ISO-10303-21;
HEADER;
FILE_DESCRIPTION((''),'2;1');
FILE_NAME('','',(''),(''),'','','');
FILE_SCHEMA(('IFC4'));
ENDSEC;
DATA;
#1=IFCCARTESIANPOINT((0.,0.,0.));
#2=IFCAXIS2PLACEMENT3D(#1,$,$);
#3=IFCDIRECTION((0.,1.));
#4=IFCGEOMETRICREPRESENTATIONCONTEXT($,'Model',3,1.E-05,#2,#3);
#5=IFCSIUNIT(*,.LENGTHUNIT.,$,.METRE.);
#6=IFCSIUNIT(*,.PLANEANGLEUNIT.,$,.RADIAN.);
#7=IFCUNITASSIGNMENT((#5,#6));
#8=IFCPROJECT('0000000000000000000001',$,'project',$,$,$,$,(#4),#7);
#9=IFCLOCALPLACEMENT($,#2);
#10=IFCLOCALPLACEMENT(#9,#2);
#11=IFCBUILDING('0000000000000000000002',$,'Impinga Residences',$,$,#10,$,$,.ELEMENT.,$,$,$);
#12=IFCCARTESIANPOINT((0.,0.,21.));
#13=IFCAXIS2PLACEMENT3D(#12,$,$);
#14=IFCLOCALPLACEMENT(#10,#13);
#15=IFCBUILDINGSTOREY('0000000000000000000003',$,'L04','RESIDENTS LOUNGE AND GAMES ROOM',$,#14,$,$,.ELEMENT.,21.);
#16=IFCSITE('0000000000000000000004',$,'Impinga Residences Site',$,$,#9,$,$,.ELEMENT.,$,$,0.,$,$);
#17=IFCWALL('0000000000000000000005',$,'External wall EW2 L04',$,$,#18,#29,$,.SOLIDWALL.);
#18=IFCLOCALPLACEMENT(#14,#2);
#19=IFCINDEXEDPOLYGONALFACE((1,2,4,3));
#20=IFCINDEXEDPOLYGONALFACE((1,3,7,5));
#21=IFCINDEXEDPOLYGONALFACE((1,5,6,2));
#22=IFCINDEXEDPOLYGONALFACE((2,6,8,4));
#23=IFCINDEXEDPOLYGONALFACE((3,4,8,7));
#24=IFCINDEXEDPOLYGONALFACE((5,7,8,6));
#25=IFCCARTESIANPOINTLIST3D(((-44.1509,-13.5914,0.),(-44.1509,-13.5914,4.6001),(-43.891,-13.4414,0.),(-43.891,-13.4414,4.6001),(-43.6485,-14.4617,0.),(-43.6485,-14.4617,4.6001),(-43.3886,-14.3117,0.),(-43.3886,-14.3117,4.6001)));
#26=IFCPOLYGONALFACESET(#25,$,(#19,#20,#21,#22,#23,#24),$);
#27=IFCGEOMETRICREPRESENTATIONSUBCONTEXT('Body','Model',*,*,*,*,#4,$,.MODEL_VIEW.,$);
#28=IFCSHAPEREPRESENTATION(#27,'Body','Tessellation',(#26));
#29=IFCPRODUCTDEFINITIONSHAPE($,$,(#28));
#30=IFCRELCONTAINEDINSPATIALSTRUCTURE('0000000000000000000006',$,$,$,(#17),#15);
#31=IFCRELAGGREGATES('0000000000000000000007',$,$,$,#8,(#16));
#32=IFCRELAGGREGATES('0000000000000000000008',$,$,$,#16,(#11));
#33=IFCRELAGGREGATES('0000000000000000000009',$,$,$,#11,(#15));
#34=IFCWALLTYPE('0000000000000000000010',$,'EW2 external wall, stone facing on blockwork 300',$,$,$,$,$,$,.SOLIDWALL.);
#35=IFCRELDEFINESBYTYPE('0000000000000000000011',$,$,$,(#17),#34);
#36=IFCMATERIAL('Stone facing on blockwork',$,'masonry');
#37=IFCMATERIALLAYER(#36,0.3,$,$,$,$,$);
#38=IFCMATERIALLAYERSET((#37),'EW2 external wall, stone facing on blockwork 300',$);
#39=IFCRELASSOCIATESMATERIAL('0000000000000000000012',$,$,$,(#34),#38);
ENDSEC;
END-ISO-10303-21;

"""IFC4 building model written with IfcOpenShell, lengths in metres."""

from ifc_helpers import new_model, si_unit, direction, frame, frame_2d, origin, place, context, subcontext, project, spatial, rectangle, extrude, material, layer, layer_set, type_object, element, save


model = new_model("IFC4")

# Units and contexts
model_context = context("Model", 3, precision=1e-05, world=origin(), true_north=direction((0.0, 1.0)))
body_context = subcontext(model_context, "Body", "Model", "MODEL_VIEW")
ifc_project = project(units=[si_unit("LENGTHUNIT", "METRE"), si_unit("PLANEANGLEUNIT", "RADIAN")], contexts=[model_context])

# Site, building, storey
site_placement = place(None, origin())
site = spatial("IfcSite", under=ifc_project, at=site_placement, Name="Impinga Residences Site", CompositionType="ELEMENT", RefElevation=0.0)
building_placement = place(site_placement, origin())
building = spatial("IfcBuilding", under=site, at=building_placement, Name="Impinga Residences", CompositionType="ELEMENT")
storey_placement = place(building_placement, frame((0.0, 0.0, 21.0)))
storey = spatial("IfcBuildingStorey", under=building, at=storey_placement, Name="L04", Description="RESIDENTS LOUNGE AND GAMES ROOM", CompositionType="ELEMENT", Elevation=21.0)

# Wall
ifc_material_1 = material(Name="Stone facing on blockwork", Category="masonry")
ifc_layer_1 = layer(ifc_material_1, 0.3)
ifc_layer_set_1 = layer_set([ifc_layer_1], Name="EW2 external wall, stone facing on blockwork 300")
wall_type = type_object("IfcWallType", Name="EW2 external wall, stone facing on blockwork 300", PredefinedType="SOLIDWALL", material=ifc_layer_set_1)
wall_1_placement = place(storey_placement, frame((-43.5186, -14.3867, 0.0), z_axis=(0.0, 0.0, 1.0), x_axis=(-0.499954, 0.866052, 0.0)))
element("IfcWall", 1, at=wall_1_placement, inside=storey, type_object=wall_type, Name="External wall EW2 L04", PredefinedType="SOLIDWALL", context=body_context, shape_type="SweptSolid", body=[
    extrude(rectangle(XDim=1.0049, YDim=0.3, at=frame_2d((0.5024, 0.0))), origin(), (0.0, 0.0, 1.0), 4.6001),
])

save(model, "model.ifc")
